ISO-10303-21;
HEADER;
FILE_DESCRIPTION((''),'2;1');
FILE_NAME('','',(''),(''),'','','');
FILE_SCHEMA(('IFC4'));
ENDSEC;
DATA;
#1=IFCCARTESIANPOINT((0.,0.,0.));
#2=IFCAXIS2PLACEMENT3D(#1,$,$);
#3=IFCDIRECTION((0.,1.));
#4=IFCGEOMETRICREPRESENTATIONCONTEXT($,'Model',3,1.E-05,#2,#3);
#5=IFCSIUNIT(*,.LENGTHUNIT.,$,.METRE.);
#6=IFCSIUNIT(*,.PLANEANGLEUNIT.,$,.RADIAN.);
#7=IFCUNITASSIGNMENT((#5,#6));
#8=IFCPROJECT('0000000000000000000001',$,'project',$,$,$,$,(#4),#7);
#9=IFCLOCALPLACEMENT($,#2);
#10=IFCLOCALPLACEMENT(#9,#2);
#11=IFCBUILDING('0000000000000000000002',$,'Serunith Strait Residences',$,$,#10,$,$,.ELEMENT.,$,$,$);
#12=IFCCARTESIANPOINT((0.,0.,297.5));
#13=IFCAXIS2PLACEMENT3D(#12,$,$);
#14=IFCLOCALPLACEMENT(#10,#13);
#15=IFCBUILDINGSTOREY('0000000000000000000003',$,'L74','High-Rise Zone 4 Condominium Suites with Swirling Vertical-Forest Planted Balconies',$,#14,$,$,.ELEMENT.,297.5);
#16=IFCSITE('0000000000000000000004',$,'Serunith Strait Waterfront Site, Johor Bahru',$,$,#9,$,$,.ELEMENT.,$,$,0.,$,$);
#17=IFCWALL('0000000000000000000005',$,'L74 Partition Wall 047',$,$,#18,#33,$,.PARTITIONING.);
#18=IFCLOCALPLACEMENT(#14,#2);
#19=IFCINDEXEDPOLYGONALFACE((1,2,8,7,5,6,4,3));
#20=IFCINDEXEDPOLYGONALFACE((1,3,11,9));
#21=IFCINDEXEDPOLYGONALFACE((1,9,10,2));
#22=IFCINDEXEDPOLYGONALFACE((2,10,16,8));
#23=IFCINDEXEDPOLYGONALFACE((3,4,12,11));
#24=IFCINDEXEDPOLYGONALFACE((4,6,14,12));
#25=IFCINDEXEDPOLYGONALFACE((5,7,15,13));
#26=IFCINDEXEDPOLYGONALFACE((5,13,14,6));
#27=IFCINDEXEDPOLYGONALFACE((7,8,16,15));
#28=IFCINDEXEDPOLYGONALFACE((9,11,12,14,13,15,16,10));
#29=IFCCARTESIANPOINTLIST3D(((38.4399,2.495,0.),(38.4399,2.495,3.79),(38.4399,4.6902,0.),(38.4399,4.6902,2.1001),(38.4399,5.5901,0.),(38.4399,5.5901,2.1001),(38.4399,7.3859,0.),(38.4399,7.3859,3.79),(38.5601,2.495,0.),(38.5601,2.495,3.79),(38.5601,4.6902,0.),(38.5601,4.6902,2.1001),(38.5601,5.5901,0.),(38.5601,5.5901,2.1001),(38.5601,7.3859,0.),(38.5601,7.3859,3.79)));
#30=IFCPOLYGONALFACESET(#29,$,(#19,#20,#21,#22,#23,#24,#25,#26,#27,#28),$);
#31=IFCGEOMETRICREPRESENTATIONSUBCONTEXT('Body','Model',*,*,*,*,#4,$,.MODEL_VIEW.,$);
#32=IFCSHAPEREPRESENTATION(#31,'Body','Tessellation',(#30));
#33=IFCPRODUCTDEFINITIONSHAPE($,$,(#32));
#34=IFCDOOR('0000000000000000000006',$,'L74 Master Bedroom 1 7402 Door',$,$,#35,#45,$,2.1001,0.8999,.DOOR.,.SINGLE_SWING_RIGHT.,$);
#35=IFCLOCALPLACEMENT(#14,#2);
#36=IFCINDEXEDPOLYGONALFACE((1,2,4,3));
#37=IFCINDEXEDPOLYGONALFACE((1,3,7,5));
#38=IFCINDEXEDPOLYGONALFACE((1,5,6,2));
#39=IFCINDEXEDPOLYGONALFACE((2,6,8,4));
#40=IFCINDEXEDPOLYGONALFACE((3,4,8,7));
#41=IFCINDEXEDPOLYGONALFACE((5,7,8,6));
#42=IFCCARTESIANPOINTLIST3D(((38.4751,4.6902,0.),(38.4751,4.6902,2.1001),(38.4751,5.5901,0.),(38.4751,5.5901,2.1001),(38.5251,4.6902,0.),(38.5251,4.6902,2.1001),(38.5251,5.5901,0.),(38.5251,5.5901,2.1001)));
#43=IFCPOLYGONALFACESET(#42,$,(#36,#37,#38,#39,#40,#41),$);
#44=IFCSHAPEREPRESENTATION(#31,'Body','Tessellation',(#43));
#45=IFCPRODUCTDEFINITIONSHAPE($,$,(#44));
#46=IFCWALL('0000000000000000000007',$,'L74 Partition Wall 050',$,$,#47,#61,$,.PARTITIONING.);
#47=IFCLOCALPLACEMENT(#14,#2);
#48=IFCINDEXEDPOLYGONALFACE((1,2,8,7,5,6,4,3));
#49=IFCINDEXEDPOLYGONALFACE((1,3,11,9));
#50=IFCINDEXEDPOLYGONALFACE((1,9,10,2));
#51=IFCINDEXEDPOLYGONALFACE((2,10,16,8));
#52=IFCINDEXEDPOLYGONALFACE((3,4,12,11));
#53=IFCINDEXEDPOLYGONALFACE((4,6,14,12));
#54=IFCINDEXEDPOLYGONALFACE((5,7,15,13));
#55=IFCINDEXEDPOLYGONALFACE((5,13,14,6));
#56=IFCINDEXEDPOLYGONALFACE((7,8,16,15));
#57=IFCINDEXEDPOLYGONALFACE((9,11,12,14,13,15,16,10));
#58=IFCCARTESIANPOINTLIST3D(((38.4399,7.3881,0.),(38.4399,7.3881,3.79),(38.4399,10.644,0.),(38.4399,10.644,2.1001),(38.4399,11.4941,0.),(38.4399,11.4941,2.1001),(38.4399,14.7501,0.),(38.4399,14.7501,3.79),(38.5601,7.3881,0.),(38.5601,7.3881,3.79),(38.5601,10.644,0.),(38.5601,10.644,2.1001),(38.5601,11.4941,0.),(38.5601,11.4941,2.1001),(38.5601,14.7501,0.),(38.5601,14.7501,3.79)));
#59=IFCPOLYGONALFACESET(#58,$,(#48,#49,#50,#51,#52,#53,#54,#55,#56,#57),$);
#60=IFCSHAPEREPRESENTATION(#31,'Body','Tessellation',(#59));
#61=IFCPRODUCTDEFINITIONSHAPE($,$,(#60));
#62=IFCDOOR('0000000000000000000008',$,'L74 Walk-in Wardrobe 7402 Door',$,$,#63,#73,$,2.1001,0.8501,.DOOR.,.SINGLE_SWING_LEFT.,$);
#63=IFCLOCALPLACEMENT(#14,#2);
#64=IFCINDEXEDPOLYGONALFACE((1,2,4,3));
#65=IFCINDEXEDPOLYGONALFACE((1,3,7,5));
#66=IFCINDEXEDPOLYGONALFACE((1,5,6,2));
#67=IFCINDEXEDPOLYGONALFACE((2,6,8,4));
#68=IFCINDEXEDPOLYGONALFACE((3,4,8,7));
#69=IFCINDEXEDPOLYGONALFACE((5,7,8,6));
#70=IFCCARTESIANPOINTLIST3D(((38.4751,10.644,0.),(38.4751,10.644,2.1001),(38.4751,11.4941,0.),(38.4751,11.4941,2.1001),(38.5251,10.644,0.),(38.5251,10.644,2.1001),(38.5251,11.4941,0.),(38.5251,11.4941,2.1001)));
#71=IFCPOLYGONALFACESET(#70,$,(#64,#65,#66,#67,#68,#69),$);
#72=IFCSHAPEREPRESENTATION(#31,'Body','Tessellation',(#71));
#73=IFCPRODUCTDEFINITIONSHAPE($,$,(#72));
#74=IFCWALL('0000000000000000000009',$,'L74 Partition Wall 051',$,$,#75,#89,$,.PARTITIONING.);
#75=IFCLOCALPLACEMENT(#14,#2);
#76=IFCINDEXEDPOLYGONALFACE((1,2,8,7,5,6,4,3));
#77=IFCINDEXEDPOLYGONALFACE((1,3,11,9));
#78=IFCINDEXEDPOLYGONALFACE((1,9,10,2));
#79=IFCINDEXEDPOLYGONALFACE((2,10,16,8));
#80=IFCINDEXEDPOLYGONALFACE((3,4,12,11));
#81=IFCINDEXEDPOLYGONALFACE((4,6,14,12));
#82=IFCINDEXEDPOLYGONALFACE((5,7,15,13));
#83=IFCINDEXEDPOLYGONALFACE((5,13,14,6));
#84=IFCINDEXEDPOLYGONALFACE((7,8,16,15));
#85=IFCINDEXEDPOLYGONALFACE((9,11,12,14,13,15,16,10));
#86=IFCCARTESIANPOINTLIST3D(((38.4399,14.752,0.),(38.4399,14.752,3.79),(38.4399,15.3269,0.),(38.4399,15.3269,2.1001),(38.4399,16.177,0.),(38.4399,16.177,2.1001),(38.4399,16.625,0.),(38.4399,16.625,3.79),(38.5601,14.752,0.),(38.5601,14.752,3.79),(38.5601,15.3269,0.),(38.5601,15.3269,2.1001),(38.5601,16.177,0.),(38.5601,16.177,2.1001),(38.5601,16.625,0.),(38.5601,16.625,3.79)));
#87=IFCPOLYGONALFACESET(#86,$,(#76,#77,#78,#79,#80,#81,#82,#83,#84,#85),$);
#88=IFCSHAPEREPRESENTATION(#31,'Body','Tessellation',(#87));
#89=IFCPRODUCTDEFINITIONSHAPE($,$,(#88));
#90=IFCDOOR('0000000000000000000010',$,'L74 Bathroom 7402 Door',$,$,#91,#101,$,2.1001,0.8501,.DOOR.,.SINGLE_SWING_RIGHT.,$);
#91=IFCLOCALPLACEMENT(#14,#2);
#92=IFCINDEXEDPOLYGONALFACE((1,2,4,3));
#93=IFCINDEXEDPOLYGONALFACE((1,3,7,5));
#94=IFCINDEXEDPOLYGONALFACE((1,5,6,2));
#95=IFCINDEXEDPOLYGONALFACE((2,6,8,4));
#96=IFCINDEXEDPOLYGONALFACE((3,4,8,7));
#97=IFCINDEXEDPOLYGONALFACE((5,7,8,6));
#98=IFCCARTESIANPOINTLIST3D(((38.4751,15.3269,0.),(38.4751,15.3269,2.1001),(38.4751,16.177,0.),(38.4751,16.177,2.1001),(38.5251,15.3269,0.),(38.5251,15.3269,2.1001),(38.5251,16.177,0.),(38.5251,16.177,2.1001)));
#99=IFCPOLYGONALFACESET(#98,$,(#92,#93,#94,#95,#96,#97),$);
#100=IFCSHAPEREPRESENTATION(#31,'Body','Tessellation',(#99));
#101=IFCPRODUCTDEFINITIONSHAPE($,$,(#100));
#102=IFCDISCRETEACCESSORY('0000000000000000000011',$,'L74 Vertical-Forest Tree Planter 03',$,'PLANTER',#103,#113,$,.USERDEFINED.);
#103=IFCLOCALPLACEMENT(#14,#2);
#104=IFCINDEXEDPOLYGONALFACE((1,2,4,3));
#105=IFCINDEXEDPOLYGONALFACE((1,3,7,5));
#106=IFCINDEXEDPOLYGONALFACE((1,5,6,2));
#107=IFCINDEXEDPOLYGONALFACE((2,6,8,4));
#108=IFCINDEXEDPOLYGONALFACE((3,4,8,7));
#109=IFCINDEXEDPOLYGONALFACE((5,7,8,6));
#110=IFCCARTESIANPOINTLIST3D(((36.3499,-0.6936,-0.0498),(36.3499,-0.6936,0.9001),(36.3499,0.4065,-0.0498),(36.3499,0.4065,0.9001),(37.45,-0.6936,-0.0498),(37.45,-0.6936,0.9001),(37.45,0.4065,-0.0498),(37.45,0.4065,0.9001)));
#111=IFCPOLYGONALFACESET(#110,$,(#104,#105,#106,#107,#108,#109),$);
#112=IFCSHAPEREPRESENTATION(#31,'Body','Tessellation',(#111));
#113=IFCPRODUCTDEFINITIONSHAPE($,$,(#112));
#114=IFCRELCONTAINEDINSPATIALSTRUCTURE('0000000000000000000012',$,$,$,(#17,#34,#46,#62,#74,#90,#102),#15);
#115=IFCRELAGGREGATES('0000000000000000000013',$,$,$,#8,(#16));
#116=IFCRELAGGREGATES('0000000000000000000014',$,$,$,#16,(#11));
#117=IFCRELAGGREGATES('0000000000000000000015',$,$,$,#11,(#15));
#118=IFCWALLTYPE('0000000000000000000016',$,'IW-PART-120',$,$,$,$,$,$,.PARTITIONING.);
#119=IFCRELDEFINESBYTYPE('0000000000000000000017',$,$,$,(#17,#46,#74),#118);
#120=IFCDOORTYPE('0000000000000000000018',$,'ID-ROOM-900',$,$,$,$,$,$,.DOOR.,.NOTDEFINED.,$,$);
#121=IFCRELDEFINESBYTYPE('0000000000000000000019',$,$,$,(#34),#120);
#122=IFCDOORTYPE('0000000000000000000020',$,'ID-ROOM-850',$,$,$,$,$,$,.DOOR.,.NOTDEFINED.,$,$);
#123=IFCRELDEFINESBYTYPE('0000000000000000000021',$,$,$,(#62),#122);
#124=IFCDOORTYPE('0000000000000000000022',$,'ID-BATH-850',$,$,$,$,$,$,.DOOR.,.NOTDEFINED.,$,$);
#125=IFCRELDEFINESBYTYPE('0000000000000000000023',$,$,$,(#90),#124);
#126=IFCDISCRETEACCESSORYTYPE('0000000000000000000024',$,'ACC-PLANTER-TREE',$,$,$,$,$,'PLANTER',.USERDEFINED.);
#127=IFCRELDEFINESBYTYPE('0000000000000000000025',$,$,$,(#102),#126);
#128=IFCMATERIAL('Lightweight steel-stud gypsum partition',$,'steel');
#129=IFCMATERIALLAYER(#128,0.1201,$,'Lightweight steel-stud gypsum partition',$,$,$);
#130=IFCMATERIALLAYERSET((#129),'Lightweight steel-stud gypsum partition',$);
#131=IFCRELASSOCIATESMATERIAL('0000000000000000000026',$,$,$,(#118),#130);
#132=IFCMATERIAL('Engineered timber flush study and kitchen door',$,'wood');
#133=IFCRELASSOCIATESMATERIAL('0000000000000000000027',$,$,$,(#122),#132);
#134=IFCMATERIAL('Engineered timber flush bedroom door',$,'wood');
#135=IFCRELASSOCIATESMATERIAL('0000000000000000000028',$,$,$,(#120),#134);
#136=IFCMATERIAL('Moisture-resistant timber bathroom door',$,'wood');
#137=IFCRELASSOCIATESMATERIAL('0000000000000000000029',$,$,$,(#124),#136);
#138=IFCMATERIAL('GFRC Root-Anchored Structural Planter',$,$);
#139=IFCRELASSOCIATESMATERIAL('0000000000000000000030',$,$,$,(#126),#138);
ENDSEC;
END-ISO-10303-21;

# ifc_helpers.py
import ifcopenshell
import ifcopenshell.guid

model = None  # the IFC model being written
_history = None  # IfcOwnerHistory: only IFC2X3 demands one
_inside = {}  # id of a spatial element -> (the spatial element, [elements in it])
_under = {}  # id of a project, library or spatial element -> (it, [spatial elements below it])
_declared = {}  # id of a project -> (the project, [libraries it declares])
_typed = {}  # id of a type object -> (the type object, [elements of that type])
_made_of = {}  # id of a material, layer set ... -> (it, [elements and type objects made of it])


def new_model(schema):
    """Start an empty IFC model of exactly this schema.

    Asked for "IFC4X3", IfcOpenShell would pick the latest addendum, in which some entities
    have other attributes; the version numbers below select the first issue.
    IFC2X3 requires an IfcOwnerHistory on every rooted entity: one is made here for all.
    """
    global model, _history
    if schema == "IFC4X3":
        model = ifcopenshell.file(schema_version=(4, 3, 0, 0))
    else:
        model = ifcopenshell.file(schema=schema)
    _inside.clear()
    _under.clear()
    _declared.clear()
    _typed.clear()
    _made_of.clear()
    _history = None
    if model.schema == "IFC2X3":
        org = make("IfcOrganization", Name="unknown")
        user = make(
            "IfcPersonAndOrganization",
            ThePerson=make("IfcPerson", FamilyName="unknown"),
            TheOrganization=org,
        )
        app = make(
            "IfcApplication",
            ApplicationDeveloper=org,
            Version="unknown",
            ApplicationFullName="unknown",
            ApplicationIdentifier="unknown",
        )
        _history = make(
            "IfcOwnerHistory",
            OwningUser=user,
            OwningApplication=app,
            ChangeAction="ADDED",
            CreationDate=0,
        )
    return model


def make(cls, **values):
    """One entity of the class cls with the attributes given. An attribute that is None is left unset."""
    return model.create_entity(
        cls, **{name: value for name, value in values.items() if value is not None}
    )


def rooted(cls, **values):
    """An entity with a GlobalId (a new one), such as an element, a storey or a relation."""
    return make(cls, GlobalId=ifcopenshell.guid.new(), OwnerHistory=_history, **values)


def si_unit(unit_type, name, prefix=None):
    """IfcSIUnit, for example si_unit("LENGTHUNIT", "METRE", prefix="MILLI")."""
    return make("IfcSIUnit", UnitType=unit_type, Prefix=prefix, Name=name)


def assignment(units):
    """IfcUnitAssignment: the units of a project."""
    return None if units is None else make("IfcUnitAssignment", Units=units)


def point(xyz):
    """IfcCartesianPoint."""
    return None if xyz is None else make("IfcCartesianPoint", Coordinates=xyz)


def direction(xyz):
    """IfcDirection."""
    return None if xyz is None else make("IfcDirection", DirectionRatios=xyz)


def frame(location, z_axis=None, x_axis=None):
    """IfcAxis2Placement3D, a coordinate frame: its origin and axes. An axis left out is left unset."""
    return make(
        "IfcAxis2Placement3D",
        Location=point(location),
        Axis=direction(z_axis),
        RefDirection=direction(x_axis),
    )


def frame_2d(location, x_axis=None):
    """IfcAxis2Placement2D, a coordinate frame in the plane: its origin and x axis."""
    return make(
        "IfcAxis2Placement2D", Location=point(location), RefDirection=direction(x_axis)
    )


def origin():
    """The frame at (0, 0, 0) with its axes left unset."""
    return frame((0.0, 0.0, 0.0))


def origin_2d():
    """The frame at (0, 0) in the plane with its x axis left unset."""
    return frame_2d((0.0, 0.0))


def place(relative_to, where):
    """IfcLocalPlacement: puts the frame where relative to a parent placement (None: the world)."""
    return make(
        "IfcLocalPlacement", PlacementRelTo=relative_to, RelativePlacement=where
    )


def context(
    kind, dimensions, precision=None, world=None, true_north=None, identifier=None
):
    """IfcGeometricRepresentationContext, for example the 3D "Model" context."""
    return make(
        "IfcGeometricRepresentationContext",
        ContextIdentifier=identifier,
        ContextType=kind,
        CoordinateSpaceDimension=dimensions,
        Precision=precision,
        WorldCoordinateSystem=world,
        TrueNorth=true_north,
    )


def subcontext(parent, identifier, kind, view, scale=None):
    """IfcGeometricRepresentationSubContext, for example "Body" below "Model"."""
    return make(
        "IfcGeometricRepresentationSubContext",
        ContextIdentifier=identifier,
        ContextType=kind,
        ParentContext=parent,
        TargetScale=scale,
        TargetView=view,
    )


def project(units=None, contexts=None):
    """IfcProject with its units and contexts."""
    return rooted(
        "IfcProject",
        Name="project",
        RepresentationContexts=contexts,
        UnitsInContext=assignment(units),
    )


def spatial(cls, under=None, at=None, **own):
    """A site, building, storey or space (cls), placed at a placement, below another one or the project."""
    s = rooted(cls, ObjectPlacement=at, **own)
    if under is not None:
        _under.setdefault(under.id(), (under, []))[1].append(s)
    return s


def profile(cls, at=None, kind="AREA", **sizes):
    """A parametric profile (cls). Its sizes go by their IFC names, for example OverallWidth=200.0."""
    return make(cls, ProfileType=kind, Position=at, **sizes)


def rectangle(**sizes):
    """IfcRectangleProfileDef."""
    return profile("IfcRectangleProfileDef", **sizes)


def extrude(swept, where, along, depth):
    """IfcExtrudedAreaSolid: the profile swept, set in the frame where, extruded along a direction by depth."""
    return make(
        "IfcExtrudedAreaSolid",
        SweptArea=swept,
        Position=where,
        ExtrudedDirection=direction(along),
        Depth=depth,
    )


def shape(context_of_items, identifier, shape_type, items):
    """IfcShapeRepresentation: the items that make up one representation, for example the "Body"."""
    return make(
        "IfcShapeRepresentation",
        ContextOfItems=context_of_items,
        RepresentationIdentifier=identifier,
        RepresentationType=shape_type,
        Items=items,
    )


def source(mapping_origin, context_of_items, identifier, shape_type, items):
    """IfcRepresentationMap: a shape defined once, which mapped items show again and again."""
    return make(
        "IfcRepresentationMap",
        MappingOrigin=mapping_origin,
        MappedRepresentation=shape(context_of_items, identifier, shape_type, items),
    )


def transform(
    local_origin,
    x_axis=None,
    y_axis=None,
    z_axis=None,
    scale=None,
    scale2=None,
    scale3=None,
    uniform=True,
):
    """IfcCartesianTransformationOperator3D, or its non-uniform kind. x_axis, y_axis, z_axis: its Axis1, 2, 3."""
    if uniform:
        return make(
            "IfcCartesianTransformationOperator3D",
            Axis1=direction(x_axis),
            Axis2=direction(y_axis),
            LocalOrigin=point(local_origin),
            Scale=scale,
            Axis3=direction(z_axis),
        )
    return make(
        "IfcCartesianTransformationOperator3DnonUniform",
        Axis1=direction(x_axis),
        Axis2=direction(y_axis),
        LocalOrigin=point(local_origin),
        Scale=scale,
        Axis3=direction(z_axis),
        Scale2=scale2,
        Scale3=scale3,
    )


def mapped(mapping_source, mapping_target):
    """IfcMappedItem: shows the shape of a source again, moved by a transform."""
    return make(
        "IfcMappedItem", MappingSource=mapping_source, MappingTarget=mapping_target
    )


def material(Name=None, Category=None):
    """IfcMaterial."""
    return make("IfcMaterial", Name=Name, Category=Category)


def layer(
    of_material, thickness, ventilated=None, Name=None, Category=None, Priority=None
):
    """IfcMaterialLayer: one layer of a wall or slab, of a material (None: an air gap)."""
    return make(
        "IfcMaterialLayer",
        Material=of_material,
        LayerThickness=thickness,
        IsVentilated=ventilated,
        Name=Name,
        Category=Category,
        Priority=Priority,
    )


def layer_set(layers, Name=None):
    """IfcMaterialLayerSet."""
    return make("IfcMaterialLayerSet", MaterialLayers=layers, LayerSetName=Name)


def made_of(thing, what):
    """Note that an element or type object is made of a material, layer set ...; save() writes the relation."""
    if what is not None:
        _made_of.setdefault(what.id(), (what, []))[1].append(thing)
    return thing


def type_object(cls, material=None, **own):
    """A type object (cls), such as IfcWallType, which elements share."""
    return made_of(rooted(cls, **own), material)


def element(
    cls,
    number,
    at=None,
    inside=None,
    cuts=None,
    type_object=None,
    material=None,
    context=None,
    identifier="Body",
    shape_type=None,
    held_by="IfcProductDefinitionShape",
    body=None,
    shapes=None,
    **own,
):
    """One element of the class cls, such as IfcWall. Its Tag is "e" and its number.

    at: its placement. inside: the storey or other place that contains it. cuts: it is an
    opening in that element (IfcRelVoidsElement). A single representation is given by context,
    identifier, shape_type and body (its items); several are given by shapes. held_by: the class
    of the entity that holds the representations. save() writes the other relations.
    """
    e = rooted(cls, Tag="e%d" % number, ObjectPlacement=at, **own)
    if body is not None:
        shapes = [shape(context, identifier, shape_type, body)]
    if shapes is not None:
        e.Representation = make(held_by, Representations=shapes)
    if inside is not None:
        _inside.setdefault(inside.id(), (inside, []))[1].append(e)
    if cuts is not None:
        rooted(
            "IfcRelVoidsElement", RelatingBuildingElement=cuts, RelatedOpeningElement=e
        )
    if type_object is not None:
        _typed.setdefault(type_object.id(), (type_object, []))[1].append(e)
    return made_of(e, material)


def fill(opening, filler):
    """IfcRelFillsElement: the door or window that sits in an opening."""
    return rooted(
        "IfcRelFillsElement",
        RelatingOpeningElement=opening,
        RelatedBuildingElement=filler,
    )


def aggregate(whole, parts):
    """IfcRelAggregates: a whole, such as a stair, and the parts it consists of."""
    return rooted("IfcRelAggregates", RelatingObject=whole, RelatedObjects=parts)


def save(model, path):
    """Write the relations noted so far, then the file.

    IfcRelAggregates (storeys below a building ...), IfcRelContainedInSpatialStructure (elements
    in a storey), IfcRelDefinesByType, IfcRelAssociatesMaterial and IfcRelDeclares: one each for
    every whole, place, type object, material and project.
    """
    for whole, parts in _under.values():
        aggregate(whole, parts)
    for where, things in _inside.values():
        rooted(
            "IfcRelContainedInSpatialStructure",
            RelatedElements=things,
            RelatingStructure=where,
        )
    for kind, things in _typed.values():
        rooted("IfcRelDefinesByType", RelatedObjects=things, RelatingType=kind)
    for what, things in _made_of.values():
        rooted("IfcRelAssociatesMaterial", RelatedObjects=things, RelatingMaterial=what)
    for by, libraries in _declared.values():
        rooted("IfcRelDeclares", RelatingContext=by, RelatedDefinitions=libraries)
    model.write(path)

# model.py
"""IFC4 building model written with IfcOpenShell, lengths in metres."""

from ifc_helpers import new_model, si_unit, direction, frame, frame_2d, origin, origin_2d, place, context, subcontext, project, spatial, rectangle, extrude, source, transform, mapped, material, layer, layer_set, type_object, element, fill, save


model = new_model("IFC4")

# Units and contexts
model_context = context("Model", 3, precision=1e-05, world=origin(), true_north=direction((0.0, 1.0)))
body_context = subcontext(model_context, "Body", "Model", "MODEL_VIEW")
ifc_project = project(units=[si_unit("LENGTHUNIT", "METRE"), si_unit("PLANEANGLEUNIT", "RADIAN")], contexts=[model_context])

# Site, building, storey
site_placement = place(None, origin())
site = spatial("IfcSite", under=ifc_project, at=site_placement, Name="Serunith Strait Waterfront Site, Johor Bahru", CompositionType="ELEMENT", RefElevation=0.0)
building_placement = place(site_placement, origin())
building = spatial("IfcBuilding", under=site, at=building_placement, Name="Serunith Strait Residences", CompositionType="ELEMENT")
storey_placement = place(building_placement, frame((0.0, 0.0, 297.5)))
storey = spatial("IfcBuildingStorey", under=building, at=storey_placement, Name="L74", Description="High-Rise Zone 4 Condominium Suites with Swirling Vertical-Forest Planted Balconies", CompositionType="ELEMENT", Elevation=297.5)

# Shared definitions
ifc_material_1 = material(Name="Lightweight steel-stud gypsum partition", Category="steel")
ifc_layer_1 = layer(ifc_material_1, 0.1201, Name="Lightweight steel-stud gypsum partition")
ifc_layer_set_1 = layer_set([ifc_layer_1], Name="Lightweight steel-stud gypsum partition")
wall_type_1 = type_object("IfcWallType", Name="IW-PART-120", PredefinedType="PARTITIONING", material=ifc_layer_set_1)
ifc_material_2 = material(Name="Engineered timber flush study and kitchen door", Category="wood")
door_type_1 = type_object("IfcDoorType", Name="ID-ROOM-850", OperationType="NOTDEFINED", PredefinedType="DOOR", material=ifc_material_2)
shared_shape_1 = source(origin(), body_context, "Body", "SweptSolid", [
    extrude(rectangle(XDim=0.8501, YDim=2.1001, at=frame_2d((0.425, 1.05))), frame((0.0, 0.0249, 0.0), z_axis=(0.0, -1.0, 0.0), x_axis=(1.0, 0.0, 0.0)), (0.0, 0.0, 1.0), 0.05),
])

# Walls, openings, doors
wall_1_placement = place(storey_placement, frame((38.5, 2.4951, 0.0), z_axis=(0.0, 0.0, 1.0), x_axis=(0.0, 1.0, 0.0)))
wall_1 = element("IfcWall", 1, at=wall_1_placement, inside=storey, type_object=wall_type_1, Name="L74 Partition Wall 047", PredefinedType="PARTITIONING", context=body_context, shape_type="SweptSolid", body=[
    extrude(rectangle(XDim=4.8909, YDim=0.1201, at=frame_2d((2.4453, 0.0))), origin(), (0.0, 0.0, 1.0), 3.79),
])
opening_1_placement = place(wall_1_placement, frame((2.1951, 0.0, 0.0)))
opening_1 = element("IfcOpeningElement", 2, at=opening_1_placement, cuts=wall_1, PredefinedType="OPENING", context=body_context, shape_type="SweptSolid", body=[
    extrude(rectangle(XDim=0.8999, YDim=2.1001, at=frame_2d((0.45, 1.05))), frame((0.0, 0.0701, 0.0), z_axis=(0.0, -1.0, 0.0), x_axis=(1.0, 0.0, 0.0)), (0.0, 0.0, 1.0), 0.1401),
])
ifc_material_3 = material(Name="Engineered timber flush bedroom door", Category="wood")
door_type_2 = type_object("IfcDoorType", Name="ID-ROOM-900", OperationType="NOTDEFINED", PredefinedType="DOOR", material=ifc_material_3)
shared_shape_2 = source(origin(), body_context, "Body", "SweptSolid", [
    extrude(rectangle(XDim=0.8999, YDim=2.1001, at=frame_2d((0.45, 1.05))), frame((0.0, 0.0249, 0.0), z_axis=(0.0, -1.0, 0.0), x_axis=(1.0, 0.0, 0.0)), (0.0, 0.0, 1.0), 0.05),
])
door_1_placement = place(opening_1_placement, origin())
door_1 = element("IfcDoor", 3, at=door_1_placement, inside=storey, type_object=door_type_2, Name="L74 Master Bedroom 1 7402 Door", OperationType="SINGLE_SWING_RIGHT", OverallHeight=2.1001, OverallWidth=0.8999, PredefinedType="DOOR", context=body_context, shape_type="MappedRepresentation", body=[
    mapped(shared_shape_2, transform((0.0, 0.0, 0.0), scale=1.0)),
])
fill(opening_1, door_1)
wall_2_placement = place(storey_placement, frame((38.5, 7.3879, 0.0), z_axis=(0.0, 0.0, 1.0), x_axis=(0.0, 1.0, 0.0)))
wall_2 = element("IfcWall", 4, at=wall_2_placement, inside=storey, type_object=wall_type_1, Name="L74 Partition Wall 050", PredefinedType="PARTITIONING", context=body_context, shape_type="SweptSolid", body=[
    extrude(rectangle(XDim=7.3621, YDim=0.1201, at=frame_2d((3.6812, 0.0))), origin(), (0.0, 0.0, 1.0), 3.79),
])
opening_2_placement = place(wall_2_placement, frame((3.2561, 0.0, 0.0)))
opening_2 = element("IfcOpeningElement", 5, at=opening_2_placement, cuts=wall_2, PredefinedType="OPENING", context=body_context, shape_type="SweptSolid", body=[
    extrude(rectangle(XDim=0.8501, YDim=2.1001, at=frame_2d((0.425, 1.05))), frame((0.0, 0.0701, 0.0), z_axis=(0.0, -1.0, 0.0), x_axis=(1.0, 0.0, 0.0)), (0.0, 0.0, 1.0), 0.1401),
])
door_2_placement = place(opening_2_placement, origin())
door_2 = element("IfcDoor", 6, at=door_2_placement, inside=storey, type_object=door_type_1, Name="L74 Walk-in Wardrobe 7402 Door", OperationType="SINGLE_SWING_LEFT", OverallHeight=2.1001, OverallWidth=0.8501, PredefinedType="DOOR", context=body_context, shape_type="MappedRepresentation", body=[
    mapped(shared_shape_1, transform((0.0, 0.0, 0.0), scale=1.0)),
])
fill(opening_2, door_2)
wall_3_placement = place(storey_placement, frame((38.5, 14.752, 0.0), z_axis=(0.0, 0.0, 1.0), x_axis=(0.0, 1.0, 0.0)))
wall_3 = element("IfcWall", 7, at=wall_3_placement, inside=storey, type_object=wall_type_1, Name="L74 Partition Wall 051", PredefinedType="PARTITIONING", context=body_context, shape_type="SweptSolid", body=[
    extrude(rectangle(XDim=1.873, YDim=0.1201, at=frame_2d((0.9365, 0.0))), origin(), (0.0, 0.0, 1.0), 3.79),
])
opening_3_placement = place(wall_3_placement, frame((0.575, 0.0, 0.0)))
opening_3 = element("IfcOpeningElement", 8, at=opening_3_placement, cuts=wall_3, PredefinedType="OPENING", context=body_context, shape_type="SweptSolid", body=[
    extrude(rectangle(XDim=0.8501, YDim=2.1001, at=frame_2d((0.425, 1.05))), frame((0.0, 0.0701, 0.0), z_axis=(0.0, -1.0, 0.0), x_axis=(1.0, 0.0, 0.0)), (0.0, 0.0, 1.0), 0.1401),
])
ifc_material_4 = material(Name="Moisture-resistant timber bathroom door", Category="wood")
door_type_3 = type_object("IfcDoorType", Name="ID-BATH-850", OperationType="NOTDEFINED", PredefinedType="DOOR", material=ifc_material_4)
door_3_placement = place(opening_3_placement, origin())
door_3 = element("IfcDoor", 9, at=door_3_placement, inside=storey, type_object=door_type_3, Name="L74 Bathroom 7402 Door", OperationType="SINGLE_SWING_RIGHT", OverallHeight=2.1001, OverallWidth=0.8501, PredefinedType="DOOR", context=body_context, shape_type="MappedRepresentation", body=[
    mapped(shared_shape_1, transform((0.0, 0.0, 0.0), scale=1.0)),
])
fill(opening_3, door_3)

# Discrete accessory
ifc_material_5 = material(Name="GFRC Root-Anchored Structural Planter")
discrete_accessory_type = type_object("IfcDiscreteAccessoryType", Name="ACC-PLANTER-TREE", ElementType="PLANTER", PredefinedType="USERDEFINED", material=ifc_material_5)
shared_shape_3 = source(origin(), body_context, "Body", "SweptSolid", [
    extrude(rectangle(XDim=1.1001, YDim=1.1001, at=origin_2d()), origin(), (0.0, 0.0, 1.0), 0.95),
])
discrete_accessory_placement = place(storey_placement, frame((36.8999, -0.1436, -0.0498), z_axis=(0.0, 0.0, 1.0), x_axis=(1.0, 0.0, 0.0)))
element("IfcDiscreteAccessory", 10, at=discrete_accessory_placement, inside=storey, type_object=discrete_accessory_type, Name="L74 Vertical-Forest Tree Planter 03", ObjectType="PLANTER", PredefinedType="USERDEFINED", context=body_context, shape_type="MappedRepresentation", body=[
    mapped(shared_shape_3, transform((0.0, 0.0, 0.0), scale=1.0)),
])

save(model, "model.ifc")
